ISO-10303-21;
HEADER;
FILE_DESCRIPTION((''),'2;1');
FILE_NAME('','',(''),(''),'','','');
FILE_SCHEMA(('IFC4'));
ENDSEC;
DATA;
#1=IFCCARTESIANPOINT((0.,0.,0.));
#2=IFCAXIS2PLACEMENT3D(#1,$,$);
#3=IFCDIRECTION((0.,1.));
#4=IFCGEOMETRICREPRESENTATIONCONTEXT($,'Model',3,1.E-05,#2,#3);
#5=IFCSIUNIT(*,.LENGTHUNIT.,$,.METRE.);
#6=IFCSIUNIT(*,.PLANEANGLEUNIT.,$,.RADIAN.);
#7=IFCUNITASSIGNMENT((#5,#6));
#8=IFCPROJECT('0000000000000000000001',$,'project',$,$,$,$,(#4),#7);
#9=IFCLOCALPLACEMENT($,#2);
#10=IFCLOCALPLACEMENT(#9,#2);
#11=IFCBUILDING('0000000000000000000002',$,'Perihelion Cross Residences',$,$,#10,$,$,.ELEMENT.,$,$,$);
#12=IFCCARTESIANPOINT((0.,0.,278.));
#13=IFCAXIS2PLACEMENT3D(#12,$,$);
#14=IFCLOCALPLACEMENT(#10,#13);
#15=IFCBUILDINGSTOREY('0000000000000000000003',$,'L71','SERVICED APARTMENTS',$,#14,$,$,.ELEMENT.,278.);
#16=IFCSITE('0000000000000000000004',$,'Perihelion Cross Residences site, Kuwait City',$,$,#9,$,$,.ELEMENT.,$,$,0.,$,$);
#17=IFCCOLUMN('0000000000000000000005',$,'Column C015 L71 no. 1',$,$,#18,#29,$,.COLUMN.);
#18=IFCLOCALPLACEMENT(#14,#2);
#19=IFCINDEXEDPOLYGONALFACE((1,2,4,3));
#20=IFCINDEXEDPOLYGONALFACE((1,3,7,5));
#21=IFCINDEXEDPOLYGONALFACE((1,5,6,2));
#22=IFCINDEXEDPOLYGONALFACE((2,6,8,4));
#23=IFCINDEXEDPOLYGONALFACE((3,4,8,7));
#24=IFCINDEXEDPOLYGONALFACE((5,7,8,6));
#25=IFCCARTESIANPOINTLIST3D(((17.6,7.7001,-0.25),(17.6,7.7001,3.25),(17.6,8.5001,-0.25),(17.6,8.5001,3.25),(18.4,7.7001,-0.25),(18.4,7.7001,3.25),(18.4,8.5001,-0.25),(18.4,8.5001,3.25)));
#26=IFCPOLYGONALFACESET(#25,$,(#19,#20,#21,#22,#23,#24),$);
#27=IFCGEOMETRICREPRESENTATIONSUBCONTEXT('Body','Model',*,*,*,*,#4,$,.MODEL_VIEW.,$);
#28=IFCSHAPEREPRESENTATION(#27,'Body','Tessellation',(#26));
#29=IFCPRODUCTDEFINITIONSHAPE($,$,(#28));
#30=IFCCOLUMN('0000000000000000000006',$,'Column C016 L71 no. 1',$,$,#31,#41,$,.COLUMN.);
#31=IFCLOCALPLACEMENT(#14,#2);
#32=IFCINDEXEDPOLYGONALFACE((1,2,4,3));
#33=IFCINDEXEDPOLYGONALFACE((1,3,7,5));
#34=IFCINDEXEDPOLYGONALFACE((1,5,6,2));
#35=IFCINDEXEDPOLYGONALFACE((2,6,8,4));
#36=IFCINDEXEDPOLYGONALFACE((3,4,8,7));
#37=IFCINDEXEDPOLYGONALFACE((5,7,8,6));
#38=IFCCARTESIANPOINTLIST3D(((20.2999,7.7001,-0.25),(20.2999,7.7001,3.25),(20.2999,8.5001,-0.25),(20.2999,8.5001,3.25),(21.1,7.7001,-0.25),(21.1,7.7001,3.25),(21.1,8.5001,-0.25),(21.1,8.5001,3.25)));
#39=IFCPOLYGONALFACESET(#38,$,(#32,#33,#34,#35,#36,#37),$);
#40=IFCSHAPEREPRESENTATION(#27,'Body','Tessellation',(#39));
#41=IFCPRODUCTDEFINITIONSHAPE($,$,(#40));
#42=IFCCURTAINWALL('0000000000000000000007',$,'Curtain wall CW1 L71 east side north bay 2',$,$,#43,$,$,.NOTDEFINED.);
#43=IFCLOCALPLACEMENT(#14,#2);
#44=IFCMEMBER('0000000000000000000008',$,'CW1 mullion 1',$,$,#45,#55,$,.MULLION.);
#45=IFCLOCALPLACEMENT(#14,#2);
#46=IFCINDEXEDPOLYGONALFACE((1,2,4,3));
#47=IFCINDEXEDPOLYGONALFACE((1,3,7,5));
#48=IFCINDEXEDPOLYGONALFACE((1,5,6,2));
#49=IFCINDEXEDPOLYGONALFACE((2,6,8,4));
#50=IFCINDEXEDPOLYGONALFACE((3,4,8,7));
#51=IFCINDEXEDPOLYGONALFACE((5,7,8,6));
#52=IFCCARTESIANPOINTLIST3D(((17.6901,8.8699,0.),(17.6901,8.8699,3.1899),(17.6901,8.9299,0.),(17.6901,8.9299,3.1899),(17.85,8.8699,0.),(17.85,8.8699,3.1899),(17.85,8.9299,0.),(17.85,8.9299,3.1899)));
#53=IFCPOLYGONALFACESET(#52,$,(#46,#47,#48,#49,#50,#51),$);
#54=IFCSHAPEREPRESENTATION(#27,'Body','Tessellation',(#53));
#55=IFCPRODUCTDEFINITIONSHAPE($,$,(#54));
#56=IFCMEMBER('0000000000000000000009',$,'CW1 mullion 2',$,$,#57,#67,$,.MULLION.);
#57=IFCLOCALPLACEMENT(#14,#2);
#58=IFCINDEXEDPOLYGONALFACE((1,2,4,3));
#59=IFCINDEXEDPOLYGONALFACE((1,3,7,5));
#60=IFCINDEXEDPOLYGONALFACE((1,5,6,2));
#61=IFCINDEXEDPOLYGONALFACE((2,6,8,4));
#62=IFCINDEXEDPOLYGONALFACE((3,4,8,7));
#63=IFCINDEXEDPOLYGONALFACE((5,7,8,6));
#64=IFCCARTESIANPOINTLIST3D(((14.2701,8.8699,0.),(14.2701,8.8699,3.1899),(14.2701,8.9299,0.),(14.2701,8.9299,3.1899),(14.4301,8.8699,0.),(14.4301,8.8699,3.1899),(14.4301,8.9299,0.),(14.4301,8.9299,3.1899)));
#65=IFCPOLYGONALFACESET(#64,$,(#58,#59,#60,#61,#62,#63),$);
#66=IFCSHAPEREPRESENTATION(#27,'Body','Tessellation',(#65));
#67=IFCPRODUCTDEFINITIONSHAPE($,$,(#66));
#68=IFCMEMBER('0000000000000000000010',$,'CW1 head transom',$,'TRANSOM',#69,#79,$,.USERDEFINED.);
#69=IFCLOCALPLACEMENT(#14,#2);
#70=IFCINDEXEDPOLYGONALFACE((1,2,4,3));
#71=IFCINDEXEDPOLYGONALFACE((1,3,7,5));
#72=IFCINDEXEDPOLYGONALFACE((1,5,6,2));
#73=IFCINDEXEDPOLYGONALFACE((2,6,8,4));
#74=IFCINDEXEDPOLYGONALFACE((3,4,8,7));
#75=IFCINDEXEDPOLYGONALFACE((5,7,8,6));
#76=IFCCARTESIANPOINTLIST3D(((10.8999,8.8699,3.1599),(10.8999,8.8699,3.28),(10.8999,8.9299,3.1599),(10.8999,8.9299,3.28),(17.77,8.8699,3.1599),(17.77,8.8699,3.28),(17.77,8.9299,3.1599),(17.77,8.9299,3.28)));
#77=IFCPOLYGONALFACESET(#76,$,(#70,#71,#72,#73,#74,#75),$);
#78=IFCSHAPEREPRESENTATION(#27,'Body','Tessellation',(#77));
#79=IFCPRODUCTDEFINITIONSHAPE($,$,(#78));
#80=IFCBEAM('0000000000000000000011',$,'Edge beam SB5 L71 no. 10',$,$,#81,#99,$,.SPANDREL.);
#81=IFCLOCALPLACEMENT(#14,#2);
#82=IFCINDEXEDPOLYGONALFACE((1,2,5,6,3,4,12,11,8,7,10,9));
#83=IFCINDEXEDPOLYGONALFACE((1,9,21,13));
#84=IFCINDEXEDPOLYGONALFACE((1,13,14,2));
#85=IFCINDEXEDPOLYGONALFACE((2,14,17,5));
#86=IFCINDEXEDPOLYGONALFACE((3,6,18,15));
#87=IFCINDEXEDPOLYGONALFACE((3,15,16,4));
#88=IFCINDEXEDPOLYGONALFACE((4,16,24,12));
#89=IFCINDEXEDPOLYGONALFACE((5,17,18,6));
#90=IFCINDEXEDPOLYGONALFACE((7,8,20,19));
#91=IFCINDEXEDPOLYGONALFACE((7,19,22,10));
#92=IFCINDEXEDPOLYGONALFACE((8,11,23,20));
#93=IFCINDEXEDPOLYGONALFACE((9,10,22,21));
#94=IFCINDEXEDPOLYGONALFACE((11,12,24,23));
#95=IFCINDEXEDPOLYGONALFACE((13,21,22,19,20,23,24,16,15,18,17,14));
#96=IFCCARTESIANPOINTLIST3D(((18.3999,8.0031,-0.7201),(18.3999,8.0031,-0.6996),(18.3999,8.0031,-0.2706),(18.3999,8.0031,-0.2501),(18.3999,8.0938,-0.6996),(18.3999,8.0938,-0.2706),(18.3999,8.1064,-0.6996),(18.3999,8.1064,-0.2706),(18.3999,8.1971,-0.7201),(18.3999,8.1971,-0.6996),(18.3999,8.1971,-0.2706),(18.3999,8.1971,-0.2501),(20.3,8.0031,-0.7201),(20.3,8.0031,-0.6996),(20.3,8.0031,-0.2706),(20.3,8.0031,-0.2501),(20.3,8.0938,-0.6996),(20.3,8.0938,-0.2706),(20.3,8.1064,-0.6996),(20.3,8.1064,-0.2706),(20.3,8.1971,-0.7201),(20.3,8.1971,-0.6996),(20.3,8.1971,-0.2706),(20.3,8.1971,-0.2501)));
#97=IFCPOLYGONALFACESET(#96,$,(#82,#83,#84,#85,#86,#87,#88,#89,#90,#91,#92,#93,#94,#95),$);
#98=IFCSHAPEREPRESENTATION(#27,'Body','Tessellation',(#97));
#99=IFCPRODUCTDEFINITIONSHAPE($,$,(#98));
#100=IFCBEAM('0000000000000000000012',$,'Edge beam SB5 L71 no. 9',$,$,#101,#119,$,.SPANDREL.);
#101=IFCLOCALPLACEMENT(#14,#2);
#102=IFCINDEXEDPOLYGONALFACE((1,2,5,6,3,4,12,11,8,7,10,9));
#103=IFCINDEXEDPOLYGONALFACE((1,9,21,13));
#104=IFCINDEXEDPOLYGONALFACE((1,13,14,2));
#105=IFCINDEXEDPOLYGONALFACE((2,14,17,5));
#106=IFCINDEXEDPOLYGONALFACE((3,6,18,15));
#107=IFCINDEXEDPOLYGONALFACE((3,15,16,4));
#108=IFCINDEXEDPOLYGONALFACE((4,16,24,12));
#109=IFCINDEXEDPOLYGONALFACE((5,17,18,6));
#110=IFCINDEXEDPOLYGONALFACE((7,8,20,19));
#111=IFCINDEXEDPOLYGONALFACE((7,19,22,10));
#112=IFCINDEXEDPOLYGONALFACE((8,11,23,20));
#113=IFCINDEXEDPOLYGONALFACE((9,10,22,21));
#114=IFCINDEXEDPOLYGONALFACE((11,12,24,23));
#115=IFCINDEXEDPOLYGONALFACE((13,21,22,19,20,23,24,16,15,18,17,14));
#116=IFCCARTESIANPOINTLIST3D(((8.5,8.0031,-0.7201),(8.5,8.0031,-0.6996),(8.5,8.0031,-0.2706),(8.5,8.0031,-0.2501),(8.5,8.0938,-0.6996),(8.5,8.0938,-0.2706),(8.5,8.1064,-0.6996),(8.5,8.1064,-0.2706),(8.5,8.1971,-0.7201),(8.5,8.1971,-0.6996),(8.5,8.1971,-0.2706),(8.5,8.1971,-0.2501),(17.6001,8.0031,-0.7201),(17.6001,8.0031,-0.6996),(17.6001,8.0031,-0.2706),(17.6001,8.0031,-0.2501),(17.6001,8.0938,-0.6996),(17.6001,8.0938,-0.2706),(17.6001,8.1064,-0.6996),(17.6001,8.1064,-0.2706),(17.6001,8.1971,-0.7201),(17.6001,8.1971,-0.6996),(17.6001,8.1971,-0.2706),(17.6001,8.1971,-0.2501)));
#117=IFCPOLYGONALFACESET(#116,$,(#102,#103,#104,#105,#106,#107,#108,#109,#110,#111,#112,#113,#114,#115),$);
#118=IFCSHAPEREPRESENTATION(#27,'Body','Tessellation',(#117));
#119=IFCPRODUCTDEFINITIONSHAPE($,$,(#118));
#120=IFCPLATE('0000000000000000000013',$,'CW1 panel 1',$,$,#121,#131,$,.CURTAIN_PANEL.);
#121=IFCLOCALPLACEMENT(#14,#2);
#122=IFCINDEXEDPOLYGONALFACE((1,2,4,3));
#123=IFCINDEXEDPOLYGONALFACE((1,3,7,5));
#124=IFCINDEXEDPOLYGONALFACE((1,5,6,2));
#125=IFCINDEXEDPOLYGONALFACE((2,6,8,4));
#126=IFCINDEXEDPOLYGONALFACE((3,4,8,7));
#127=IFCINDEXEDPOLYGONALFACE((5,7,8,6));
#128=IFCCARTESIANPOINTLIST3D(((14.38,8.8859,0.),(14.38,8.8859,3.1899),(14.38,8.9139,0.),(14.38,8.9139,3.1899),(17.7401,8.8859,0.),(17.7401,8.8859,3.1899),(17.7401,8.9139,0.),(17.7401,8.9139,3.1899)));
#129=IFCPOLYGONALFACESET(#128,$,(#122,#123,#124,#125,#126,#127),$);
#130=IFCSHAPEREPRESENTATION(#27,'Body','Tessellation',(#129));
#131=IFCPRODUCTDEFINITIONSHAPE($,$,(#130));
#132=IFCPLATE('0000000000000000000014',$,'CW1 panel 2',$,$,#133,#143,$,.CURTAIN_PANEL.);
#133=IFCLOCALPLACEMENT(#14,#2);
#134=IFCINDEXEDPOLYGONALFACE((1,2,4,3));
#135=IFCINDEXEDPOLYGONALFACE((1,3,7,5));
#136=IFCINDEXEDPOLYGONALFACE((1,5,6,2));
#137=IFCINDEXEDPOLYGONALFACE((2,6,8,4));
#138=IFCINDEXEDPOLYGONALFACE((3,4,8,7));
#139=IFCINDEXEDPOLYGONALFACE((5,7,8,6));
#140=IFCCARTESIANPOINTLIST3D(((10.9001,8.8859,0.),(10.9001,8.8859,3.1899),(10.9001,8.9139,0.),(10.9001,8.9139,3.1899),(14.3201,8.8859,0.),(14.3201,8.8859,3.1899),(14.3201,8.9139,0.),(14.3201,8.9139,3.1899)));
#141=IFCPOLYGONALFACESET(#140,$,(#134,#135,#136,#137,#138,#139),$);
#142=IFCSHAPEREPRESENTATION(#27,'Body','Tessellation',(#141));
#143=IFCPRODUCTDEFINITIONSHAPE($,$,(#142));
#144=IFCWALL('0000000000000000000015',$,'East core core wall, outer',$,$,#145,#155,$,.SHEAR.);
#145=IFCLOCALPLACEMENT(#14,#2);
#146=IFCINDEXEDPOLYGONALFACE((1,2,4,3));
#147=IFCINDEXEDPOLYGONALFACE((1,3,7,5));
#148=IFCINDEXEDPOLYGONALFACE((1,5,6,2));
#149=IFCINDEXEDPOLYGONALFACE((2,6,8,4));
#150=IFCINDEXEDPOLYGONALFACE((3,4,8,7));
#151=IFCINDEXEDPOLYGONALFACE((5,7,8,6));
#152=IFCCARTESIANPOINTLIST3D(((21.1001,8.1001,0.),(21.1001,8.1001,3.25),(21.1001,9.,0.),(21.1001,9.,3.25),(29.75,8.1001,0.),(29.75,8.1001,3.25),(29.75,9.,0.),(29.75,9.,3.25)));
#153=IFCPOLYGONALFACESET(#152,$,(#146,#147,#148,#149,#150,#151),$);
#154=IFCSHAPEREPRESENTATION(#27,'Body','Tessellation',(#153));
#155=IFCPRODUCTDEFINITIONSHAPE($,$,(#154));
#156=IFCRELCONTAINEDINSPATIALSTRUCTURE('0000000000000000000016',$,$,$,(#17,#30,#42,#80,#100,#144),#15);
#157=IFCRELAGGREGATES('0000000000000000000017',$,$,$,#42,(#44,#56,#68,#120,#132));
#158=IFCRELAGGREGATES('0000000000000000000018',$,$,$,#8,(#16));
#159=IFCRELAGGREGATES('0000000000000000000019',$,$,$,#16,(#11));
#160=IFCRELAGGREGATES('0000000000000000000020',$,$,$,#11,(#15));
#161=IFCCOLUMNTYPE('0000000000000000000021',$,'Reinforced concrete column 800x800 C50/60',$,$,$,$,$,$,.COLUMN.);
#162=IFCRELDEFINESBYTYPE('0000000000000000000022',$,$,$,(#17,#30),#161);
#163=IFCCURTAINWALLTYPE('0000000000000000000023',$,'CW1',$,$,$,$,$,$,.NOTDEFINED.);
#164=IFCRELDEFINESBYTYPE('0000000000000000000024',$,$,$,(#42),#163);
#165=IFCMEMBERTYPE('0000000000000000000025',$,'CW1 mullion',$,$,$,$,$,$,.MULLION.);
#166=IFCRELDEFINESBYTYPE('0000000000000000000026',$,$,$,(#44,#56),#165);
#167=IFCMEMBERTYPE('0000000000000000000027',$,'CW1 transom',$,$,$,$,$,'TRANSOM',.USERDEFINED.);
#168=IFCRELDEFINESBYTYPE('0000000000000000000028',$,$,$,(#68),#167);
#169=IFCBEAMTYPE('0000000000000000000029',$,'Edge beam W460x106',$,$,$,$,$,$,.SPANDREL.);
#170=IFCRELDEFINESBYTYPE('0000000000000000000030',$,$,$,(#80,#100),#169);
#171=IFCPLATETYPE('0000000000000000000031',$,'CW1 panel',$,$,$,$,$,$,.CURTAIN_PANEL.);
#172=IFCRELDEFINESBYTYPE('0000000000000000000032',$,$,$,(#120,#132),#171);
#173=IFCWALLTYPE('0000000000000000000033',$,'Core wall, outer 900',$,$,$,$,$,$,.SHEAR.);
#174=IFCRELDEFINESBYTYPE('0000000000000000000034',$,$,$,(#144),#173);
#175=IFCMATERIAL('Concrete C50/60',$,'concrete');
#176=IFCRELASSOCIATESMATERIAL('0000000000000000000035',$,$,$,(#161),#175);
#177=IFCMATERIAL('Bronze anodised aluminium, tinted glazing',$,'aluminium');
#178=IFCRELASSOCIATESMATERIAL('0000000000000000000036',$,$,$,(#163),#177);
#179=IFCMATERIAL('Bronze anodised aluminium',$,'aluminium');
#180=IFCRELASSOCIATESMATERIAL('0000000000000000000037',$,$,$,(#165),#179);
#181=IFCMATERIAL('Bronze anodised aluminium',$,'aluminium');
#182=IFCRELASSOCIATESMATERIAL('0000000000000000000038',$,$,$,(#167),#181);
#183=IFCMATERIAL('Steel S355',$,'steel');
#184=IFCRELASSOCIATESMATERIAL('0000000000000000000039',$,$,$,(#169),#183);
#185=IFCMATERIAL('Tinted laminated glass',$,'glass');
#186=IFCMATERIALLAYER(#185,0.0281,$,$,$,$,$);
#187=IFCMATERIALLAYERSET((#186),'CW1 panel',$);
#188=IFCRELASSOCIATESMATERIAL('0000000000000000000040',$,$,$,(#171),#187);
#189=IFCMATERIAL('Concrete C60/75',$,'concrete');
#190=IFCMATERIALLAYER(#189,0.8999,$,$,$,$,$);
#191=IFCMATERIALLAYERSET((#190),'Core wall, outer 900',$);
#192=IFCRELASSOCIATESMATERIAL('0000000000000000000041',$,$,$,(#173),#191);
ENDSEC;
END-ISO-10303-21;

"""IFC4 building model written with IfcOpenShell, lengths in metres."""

from ifc_helpers import new_model, si_unit, direction, frame, frame_2d, origin, origin_2d, place, context, subcontext, project, spatial, rectangle, i_section, extrude, material, layer, layer_set, material_profile, profile_set, type_object, element, aggregate, save


model = new_model("IFC4")

# Units and contexts
model_context = context("Model", 3, precision=1e-05, world=origin(), true_north=direction((0.0, 1.0)))
body_context = subcontext(model_context, "Body", "Model", "MODEL_VIEW")
ifc_project = project(units=[si_unit("LENGTHUNIT", "METRE"), si_unit("PLANEANGLEUNIT", "RADIAN")], contexts=[model_context])

# Site, building, storey
site_placement = place(None, origin())
site = spatial("IfcSite", under=ifc_project, at=site_placement, Name="Perihelion Cross Residences site, Kuwait City", CompositionType="ELEMENT", RefElevation=0.0)
building_placement = place(site_placement, origin())
building = spatial("IfcBuilding", under=site, at=building_placement, Name="Perihelion Cross Residences", CompositionType="ELEMENT")
storey_placement = place(building_placement, frame((0.0, 0.0, 278.0)))
storey = spatial("IfcBuildingStorey", under=building, at=storey_placement, Name="L71", Description="SERVICED APARTMENTS", CompositionType="ELEMENT", Elevation=278.0)

# Columns
ifc_material_1 = material(Name="Concrete C50/60", Category="concrete")
ifc_material_profile_1 = material_profile(ifc_material_1, rectangle(XDim=0.8, YDim=0.8, at=origin_2d()), Name="RC 800x800")
ifc_profile_set_1 = profile_set([ifc_material_profile_1], Name="Concrete C50/60")
column_type = type_object("IfcColumnType", Name="Reinforced concrete column 800x800 C50/60", PredefinedType="COLUMN", material=ifc_profile_set_1)
for number, where, z_axis, x_axis, name in (
    (1, (18.0, 8.1001, -0.25), (0.0, 0.0, 1.0), (1.0, 0.0, 0.0), "Column C015 L71 no. 1"),
    (2, (20.7, 8.1001, -0.25), (0.0, 0.0, 1.0), (1.0, 0.0, 0.0), "Column C016 L71 no. 1"),
):
    element("IfcColumn", number, at=place(storey_placement, frame(where, z_axis=z_axis, x_axis=x_axis)), inside=storey, type_object=column_type, Name=name, PredefinedType="COLUMN", context=body_context, shape_type="SweptSolid", body=[
        extrude(rectangle(XDim=0.8, YDim=0.8, at=origin_2d()), origin(), (0.0, 0.0, 1.0), 3.5),
    ])

# Curtain wall, members
ifc_material_2 = material(Name="Bronze anodised aluminium, tinted glazing", Category="aluminium")
curtain_wall_type = type_object("IfcCurtainWallType", Name="CW1", PredefinedType="NOTDEFINED", material=ifc_material_2)
curtain_wall_placement = place(storey_placement, origin())
curtain_wall = element("IfcCurtainWall", 3, at=curtain_wall_placement, inside=storey, type_object=curtain_wall_type, Name="Curtain wall CW1 L71 east side north bay 2", PredefinedType="NOTDEFINED")
ifc_material_3 = material(Name="Bronze anodised aluminium", Category="aluminium")
ifc_material_profile_2 = material_profile(ifc_material_3, rectangle(XDim=0.0601, YDim=0.1599, at=origin_2d()), Name="CW1 mullion")
ifc_profile_set_2 = profile_set([ifc_material_profile_2], Name="Bronze anodised aluminium")
member_type_1 = type_object("IfcMemberType", Name="CW1 mullion", PredefinedType="MULLION", material=ifc_profile_set_2)
member_1_placement = place(storey_placement, frame((17.77, 8.8999, 0.0), z_axis=(0.0, 0.0, 1.0), x_axis=(0.0, -1.0, 0.0)))
member_1 = element("IfcMember", 4, at=member_1_placement, type_object=member_type_1, Name="CW1 mullion 1", PredefinedType="MULLION", context=body_context, shape_type="SweptSolid", body=[
    extrude(rectangle(XDim=0.0601, YDim=0.1599, at=origin_2d()), origin(), (0.0, 0.0, 1.0), 3.1899),
])
member_2_placement = place(storey_placement, frame((14.3501, 8.8999, 0.0), z_axis=(0.0, 0.0, 1.0), x_axis=(0.0, -1.0, 0.0)))
member_2 = element("IfcMember", 5, at=member_2_placement, type_object=member_type_1, Name="CW1 mullion 2", PredefinedType="MULLION", context=body_context, shape_type="SweptSolid", body=[
    extrude(rectangle(XDim=0.0601, YDim=0.1599, at=origin_2d()), origin(), (0.0, 0.0, 1.0), 3.1899),
])
ifc_material_4 = material(Name="Bronze anodised aluminium", Category="aluminium")
ifc_material_profile_3 = material_profile(ifc_material_4, rectangle(XDim=0.0601, YDim=0.1201, at=origin_2d()), Name="CW1 transom")
ifc_profile_set_3 = profile_set([ifc_material_profile_3], Name="Bronze anodised aluminium")
member_type_2 = type_object("IfcMemberType", Name="CW1 transom", ElementType="TRANSOM", PredefinedType="USERDEFINED", material=ifc_profile_set_3)
member_3_placement = place(storey_placement, frame((17.77, 8.8999, 3.22), z_axis=(-1.0, 0.0, 0.0), x_axis=(0.0, -1.0, 0.0)))
member_3 = element("IfcMember", 6, at=member_3_placement, type_object=member_type_2, Name="CW1 head transom", ObjectType="TRANSOM", PredefinedType="USERDEFINED", context=body_context, shape_type="SweptSolid", body=[
    extrude(rectangle(XDim=0.0601, YDim=0.1201, at=origin_2d()), origin(), (0.0, 0.0, 1.0), 6.8701),
])

# Beams
ifc_material_5 = material(Name="Steel S355", Category="steel")
ifc_material_profile_4 = material_profile(ifc_material_5, i_section(OverallWidth=0.1941, OverallDepth=0.47, WebThickness=0.0127, FlangeThickness=0.0205, at=origin_2d()), Name="W460x106")
ifc_profile_set_4 = profile_set([ifc_material_profile_4], Name="Steel S355")
beam_type = type_object("IfcBeamType", Name="Edge beam W460x106", PredefinedType="SPANDREL", material=ifc_profile_set_4)
beam_1_placement = place(storey_placement, frame((20.3, 8.1001, -0.4851), z_axis=(-1.0, 0.0, 0.0), x_axis=(0.0, -1.0, 0.0)))
element("IfcBeam", 7, at=beam_1_placement, inside=storey, type_object=beam_type, Name="Edge beam SB5 L71 no. 10", PredefinedType="SPANDREL", context=body_context, shape_type="SweptSolid", body=[
    extrude(i_section(OverallWidth=0.1941, OverallDepth=0.47, WebThickness=0.0127, FlangeThickness=0.0205, at=origin_2d()), origin(), (0.0, 0.0, 1.0), 1.9001),
])
beam_2_placement = place(storey_placement, frame((17.6001, 8.1001, -0.4851), z_axis=(-1.0, 0.0, 0.0), x_axis=(0.0, -1.0, 0.0)))
element("IfcBeam", 8, at=beam_2_placement, inside=storey, type_object=beam_type, Name="Edge beam SB5 L71 no. 9", PredefinedType="SPANDREL", context=body_context, shape_type="SweptSolid", body=[
    extrude(i_section(OverallWidth=0.1941, OverallDepth=0.47, WebThickness=0.0127, FlangeThickness=0.0205, at=origin_2d()), origin(), (0.0, 0.0, 1.0), 9.1001),
])

# Plates
ifc_material_6 = material(Name="Tinted laminated glass", Category="glass")
ifc_layer_1 = layer(ifc_material_6, 0.0281)
ifc_layer_set_1 = layer_set([ifc_layer_1], Name="CW1 panel")
plate_type = type_object("IfcPlateType", Name="CW1 panel", PredefinedType="CURTAIN_PANEL", material=ifc_layer_set_1)
plate_1_placement = place(storey_placement, frame((16.0601, 8.8999, 0.0), z_axis=(0.0, 0.0, 1.0), x_axis=(-1.0, 0.0, 0.0)))
plate_1 = element("IfcPlate", 9, at=plate_1_placement, type_object=plate_type, Name="CW1 panel 1", PredefinedType="CURTAIN_PANEL", context=body_context, shape_type="SweptSolid", body=[
    extrude(rectangle(XDim=3.3601, YDim=0.0281, at=origin_2d()), origin(), (0.0, 0.0, 1.0), 3.1899),
])
plate_2_placement = place(storey_placement, frame((12.6101, 8.8999, 0.0), z_axis=(0.0, 0.0, 1.0), x_axis=(-1.0, 0.0, 0.0)))
plate_2 = element("IfcPlate", 10, at=plate_2_placement, type_object=plate_type, Name="CW1 panel 2", PredefinedType="CURTAIN_PANEL", context=body_context, shape_type="SweptSolid", body=[
    extrude(rectangle(XDim=3.4199, YDim=0.0281, at=origin_2d()), origin(), (0.0, 0.0, 1.0), 3.1899),
])
aggregate(curtain_wall, [member_1, member_2, member_3, plate_1, plate_2])

# Wall
ifc_material_7 = material(Name="Concrete C60/75", Category="concrete")
ifc_layer_2 = layer(ifc_material_7, 0.8999)
ifc_layer_set_2 = layer_set([ifc_layer_2], Name="Core wall, outer 900")
wall_type_1 = type_object("IfcWallType", Name="Core wall, outer 900", PredefinedType="SHEAR", material=ifc_layer_set_2)
wall_1_placement = place(storey_placement, frame((21.1001, 8.55, 0.0), z_axis=(0.0, 0.0, 1.0), x_axis=(1.0, 0.0, 0.0)))
element("IfcWall", 11, at=wall_1_placement, inside=storey, type_object=wall_type_1, Name="East core core wall, outer", PredefinedType="SHEAR", context=body_context, shape_type="SweptSolid", body=[
    extrude(rectangle(XDim=8.6499, YDim=0.8999, at=frame_2d((4.325, 0.0))), origin(), (0.0, 0.0, 1.0), 3.25),
])

save(model, "model.ifc")
